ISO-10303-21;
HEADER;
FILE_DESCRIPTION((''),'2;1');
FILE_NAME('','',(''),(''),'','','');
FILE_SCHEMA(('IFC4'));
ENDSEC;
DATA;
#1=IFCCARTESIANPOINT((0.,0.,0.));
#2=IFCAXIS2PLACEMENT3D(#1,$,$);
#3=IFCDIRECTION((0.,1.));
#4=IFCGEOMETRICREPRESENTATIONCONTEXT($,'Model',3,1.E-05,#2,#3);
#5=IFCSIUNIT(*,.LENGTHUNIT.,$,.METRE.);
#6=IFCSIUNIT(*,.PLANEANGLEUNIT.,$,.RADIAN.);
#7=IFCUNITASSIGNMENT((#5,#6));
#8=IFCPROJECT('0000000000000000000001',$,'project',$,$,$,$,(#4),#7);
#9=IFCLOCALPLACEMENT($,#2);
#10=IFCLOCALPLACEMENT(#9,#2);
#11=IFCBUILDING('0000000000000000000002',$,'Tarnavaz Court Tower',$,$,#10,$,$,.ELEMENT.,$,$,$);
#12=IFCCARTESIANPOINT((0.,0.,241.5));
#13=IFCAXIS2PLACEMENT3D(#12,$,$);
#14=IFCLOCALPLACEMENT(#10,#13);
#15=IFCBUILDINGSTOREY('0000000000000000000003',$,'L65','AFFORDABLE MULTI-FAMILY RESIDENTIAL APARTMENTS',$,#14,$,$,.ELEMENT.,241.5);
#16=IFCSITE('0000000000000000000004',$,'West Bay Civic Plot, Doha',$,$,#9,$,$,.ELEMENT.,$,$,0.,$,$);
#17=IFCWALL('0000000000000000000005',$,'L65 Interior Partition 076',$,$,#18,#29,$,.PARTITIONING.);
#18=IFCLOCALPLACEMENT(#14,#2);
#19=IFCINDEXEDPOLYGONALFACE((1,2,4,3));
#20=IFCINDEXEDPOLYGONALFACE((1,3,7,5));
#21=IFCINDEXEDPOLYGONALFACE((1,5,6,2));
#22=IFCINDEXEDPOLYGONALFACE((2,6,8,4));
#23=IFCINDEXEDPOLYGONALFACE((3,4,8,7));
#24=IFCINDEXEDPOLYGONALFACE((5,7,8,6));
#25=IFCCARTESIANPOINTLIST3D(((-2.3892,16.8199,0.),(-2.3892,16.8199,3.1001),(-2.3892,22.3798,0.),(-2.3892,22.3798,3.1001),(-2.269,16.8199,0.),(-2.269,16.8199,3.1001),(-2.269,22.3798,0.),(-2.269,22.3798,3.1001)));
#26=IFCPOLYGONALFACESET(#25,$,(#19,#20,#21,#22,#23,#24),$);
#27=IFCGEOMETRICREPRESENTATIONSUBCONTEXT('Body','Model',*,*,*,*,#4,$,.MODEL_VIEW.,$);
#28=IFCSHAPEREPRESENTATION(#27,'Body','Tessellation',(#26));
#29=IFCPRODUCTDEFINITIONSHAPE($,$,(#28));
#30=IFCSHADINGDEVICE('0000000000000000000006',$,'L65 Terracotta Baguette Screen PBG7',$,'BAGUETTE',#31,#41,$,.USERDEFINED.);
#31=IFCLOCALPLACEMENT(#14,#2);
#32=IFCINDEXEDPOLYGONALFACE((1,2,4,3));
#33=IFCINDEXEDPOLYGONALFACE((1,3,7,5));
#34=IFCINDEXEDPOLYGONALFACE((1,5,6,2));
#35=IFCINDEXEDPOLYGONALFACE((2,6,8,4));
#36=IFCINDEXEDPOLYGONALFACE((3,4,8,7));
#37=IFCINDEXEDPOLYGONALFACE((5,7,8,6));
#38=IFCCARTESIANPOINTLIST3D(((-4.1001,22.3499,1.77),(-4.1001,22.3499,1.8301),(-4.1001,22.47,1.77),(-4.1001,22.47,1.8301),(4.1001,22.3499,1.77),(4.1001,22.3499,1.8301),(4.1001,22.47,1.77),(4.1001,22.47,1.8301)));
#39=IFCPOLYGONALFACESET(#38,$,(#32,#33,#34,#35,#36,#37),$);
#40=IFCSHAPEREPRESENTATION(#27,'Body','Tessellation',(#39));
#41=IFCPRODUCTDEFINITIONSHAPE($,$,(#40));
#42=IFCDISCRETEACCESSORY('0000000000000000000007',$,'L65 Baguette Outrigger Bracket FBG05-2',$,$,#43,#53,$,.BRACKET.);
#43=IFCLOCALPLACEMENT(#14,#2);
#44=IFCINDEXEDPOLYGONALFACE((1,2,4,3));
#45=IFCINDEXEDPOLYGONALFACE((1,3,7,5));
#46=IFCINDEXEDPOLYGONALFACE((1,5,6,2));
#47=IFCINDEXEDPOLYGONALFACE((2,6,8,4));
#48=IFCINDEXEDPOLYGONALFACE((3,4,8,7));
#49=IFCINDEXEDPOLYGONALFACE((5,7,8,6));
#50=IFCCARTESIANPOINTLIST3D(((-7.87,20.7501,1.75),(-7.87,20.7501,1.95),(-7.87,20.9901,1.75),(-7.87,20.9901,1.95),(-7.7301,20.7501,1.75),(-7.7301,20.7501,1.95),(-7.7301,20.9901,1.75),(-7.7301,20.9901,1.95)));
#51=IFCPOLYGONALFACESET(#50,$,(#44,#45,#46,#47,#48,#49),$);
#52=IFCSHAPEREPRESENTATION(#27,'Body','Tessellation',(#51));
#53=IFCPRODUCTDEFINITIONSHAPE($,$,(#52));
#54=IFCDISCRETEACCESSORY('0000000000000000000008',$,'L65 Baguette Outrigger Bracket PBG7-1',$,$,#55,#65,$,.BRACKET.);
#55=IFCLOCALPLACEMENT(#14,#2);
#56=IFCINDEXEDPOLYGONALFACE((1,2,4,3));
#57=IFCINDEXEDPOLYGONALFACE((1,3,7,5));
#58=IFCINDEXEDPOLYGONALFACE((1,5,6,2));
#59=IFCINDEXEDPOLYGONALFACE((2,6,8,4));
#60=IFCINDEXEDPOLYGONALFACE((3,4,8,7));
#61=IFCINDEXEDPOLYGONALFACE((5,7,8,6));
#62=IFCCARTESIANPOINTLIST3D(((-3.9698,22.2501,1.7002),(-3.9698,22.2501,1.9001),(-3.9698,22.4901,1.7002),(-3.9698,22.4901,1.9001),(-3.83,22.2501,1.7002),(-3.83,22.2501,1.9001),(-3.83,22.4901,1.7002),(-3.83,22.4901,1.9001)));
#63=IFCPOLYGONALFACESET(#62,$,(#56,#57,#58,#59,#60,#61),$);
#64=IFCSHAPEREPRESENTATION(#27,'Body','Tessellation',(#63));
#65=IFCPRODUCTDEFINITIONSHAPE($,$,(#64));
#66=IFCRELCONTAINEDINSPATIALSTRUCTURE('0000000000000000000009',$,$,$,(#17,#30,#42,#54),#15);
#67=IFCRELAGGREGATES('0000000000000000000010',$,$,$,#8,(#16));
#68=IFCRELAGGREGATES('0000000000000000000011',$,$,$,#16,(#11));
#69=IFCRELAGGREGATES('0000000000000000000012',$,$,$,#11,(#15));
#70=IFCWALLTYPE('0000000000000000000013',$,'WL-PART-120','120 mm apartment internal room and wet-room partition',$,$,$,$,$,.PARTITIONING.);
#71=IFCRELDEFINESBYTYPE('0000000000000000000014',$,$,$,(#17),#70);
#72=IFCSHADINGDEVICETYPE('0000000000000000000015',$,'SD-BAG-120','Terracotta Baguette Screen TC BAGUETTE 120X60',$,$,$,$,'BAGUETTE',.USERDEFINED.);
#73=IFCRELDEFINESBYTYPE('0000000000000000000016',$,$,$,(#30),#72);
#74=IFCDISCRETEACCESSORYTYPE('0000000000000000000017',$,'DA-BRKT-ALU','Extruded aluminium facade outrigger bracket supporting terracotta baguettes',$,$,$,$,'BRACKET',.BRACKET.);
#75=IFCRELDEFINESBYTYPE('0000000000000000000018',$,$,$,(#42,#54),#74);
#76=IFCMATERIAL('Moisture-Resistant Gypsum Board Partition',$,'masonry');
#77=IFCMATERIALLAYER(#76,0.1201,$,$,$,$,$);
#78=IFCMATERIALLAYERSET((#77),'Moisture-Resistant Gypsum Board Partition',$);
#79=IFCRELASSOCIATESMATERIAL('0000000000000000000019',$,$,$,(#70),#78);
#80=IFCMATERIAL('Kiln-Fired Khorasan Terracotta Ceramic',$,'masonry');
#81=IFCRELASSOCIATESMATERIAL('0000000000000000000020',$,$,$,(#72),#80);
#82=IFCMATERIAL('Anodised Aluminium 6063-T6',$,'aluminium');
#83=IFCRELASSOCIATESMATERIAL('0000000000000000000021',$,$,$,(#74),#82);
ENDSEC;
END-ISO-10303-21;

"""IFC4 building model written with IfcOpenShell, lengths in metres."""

from ifc_helpers import new_model, si_unit, direction, frame, frame_2d, origin, origin_2d, place, context, subcontext, project, spatial, rectangle, extrude, material, layer, layer_set, material_profile, profile_set, type_object, element, save


model = new_model("IFC4")

# Units and contexts
model_context = context("Model", 3, precision=1e-05, world=origin(), true_north=direction((0.0, 1.0)))
body_context = subcontext(model_context, "Body", "Model", "MODEL_VIEW")
ifc_project = project(units=[si_unit("LENGTHUNIT", "METRE"), si_unit("PLANEANGLEUNIT", "RADIAN")], contexts=[model_context])

# Site, building, storey
site_placement = place(None, origin())
site = spatial("IfcSite", under=ifc_project, at=site_placement, Name="West Bay Civic Plot, Doha", CompositionType="ELEMENT", RefElevation=0.0)
building_placement = place(site_placement, origin())
building = spatial("IfcBuilding", under=site, at=building_placement, Name="Tarnavaz Court Tower", CompositionType="ELEMENT")
storey_placement = place(building_placement, frame((0.0, 0.0, 241.5)))
storey = spatial("IfcBuildingStorey", under=building, at=storey_placement, Name="L65", Description="AFFORDABLE MULTI-FAMILY RESIDENTIAL APARTMENTS", CompositionType="ELEMENT", Elevation=241.5)

# Shared definitions
ifc_material_1 = material(Name="Anodised Aluminium 6063-T6", Category="aluminium")

# Shared definitions
ifc_material_2 = material(Name="Moisture-Resistant Gypsum Board Partition", Category="masonry")
ifc_layer_1 = layer(ifc_material_2, 0.1201)
ifc_layer_set_1 = layer_set([ifc_layer_1], Name="Moisture-Resistant Gypsum Board Partition")
wall_type_1 = type_object("IfcWallType", Name="WL-PART-120", Description="120 mm apartment internal room and wet-room partition", PredefinedType="PARTITIONING", material=ifc_layer_set_1)

# Wall
wall_1_placement = place(storey_placement, frame((-2.3291, 16.8201, 0.0), z_axis=(0.0, 0.0, 1.0), x_axis=(0.0, 1.0, 0.0)))
element("IfcWall", 1, at=wall_1_placement, inside=storey, type_object=wall_type_1, Name="L65 Interior Partition 076", PredefinedType="PARTITIONING", context=body_context, shape_type="SweptSolid", body=[
    extrude(rectangle(XDim=5.5598, YDim=0.1201, at=frame_2d((2.7798, 0.0))), origin(), (0.0, 0.0, 1.0), 3.1001),
])

# Shading device
ifc_material_3 = material(Name="Kiln-Fired Khorasan Terracotta Ceramic", Category="masonry")
ifc_material_profile_1 = material_profile(ifc_material_3, rectangle(XDim=0.1201, YDim=0.0601, at=origin_2d()), Name="TC BAGUETTE 120X60")
ifc_profile_set_1 = profile_set([ifc_material_profile_1], Name="Kiln-Fired Khorasan Terracotta Ceramic")
shading_device_type = type_object("IfcShadingDeviceType", Name="SD-BAG-120", Description="Terracotta Baguette Screen TC BAGUETTE 120X60", ElementType="BAGUETTE", PredefinedType="USERDEFINED", material=ifc_profile_set_1)
shading_device_placement = place(storey_placement, frame((-4.1001, 22.4099, 1.8), z_axis=(1.0, 0.0, 0.0), x_axis=(0.0, 1.0, 0.0)))
element("IfcShadingDevice", 2, at=shading_device_placement, inside=storey, type_object=shading_device_type, Name="L65 Terracotta Baguette Screen PBG7", ObjectType="BAGUETTE", PredefinedType="USERDEFINED", context=body_context, shape_type="SweptSolid", body=[
    extrude(rectangle(XDim=0.1201, YDim=0.0601, at=origin_2d()), origin(), (0.0, 0.0, 1.0), 8.2002),
])

# Discrete accessories
discrete_accessory_type = type_object("IfcDiscreteAccessoryType", Name="DA-BRKT-ALU", Description="Extruded aluminium facade outrigger bracket supporting terracotta baguettes", ElementType="BRACKET", PredefinedType="BRACKET", material=ifc_material_1)
for number, where, z_axis, x_axis, name in (
    (3, (-7.8, 20.8701, 1.75), (0.0, 0.0, 1.0), (1.0, 0.0, 0.0), "L65 Baguette Outrigger Bracket FBG05-2"),
    (4, (-3.8999, 22.3701, 1.7002), (0.0, 0.0, 1.0), (1.0, 0.0, 0.0), "L65 Baguette Outrigger Bracket PBG7-1"),
):
    element("IfcDiscreteAccessory", number, at=place(storey_placement, frame(where, z_axis=z_axis, x_axis=x_axis)), inside=storey, type_object=discrete_accessory_type, Name=name, PredefinedType="BRACKET", context=body_context, shape_type="SweptSolid", body=[
        extrude(rectangle(XDim=0.1399, YDim=0.24, at=origin_2d()), origin(), (0.0, 0.0, 1.0), 0.2),
    ])

save(model, "model.ifc")
